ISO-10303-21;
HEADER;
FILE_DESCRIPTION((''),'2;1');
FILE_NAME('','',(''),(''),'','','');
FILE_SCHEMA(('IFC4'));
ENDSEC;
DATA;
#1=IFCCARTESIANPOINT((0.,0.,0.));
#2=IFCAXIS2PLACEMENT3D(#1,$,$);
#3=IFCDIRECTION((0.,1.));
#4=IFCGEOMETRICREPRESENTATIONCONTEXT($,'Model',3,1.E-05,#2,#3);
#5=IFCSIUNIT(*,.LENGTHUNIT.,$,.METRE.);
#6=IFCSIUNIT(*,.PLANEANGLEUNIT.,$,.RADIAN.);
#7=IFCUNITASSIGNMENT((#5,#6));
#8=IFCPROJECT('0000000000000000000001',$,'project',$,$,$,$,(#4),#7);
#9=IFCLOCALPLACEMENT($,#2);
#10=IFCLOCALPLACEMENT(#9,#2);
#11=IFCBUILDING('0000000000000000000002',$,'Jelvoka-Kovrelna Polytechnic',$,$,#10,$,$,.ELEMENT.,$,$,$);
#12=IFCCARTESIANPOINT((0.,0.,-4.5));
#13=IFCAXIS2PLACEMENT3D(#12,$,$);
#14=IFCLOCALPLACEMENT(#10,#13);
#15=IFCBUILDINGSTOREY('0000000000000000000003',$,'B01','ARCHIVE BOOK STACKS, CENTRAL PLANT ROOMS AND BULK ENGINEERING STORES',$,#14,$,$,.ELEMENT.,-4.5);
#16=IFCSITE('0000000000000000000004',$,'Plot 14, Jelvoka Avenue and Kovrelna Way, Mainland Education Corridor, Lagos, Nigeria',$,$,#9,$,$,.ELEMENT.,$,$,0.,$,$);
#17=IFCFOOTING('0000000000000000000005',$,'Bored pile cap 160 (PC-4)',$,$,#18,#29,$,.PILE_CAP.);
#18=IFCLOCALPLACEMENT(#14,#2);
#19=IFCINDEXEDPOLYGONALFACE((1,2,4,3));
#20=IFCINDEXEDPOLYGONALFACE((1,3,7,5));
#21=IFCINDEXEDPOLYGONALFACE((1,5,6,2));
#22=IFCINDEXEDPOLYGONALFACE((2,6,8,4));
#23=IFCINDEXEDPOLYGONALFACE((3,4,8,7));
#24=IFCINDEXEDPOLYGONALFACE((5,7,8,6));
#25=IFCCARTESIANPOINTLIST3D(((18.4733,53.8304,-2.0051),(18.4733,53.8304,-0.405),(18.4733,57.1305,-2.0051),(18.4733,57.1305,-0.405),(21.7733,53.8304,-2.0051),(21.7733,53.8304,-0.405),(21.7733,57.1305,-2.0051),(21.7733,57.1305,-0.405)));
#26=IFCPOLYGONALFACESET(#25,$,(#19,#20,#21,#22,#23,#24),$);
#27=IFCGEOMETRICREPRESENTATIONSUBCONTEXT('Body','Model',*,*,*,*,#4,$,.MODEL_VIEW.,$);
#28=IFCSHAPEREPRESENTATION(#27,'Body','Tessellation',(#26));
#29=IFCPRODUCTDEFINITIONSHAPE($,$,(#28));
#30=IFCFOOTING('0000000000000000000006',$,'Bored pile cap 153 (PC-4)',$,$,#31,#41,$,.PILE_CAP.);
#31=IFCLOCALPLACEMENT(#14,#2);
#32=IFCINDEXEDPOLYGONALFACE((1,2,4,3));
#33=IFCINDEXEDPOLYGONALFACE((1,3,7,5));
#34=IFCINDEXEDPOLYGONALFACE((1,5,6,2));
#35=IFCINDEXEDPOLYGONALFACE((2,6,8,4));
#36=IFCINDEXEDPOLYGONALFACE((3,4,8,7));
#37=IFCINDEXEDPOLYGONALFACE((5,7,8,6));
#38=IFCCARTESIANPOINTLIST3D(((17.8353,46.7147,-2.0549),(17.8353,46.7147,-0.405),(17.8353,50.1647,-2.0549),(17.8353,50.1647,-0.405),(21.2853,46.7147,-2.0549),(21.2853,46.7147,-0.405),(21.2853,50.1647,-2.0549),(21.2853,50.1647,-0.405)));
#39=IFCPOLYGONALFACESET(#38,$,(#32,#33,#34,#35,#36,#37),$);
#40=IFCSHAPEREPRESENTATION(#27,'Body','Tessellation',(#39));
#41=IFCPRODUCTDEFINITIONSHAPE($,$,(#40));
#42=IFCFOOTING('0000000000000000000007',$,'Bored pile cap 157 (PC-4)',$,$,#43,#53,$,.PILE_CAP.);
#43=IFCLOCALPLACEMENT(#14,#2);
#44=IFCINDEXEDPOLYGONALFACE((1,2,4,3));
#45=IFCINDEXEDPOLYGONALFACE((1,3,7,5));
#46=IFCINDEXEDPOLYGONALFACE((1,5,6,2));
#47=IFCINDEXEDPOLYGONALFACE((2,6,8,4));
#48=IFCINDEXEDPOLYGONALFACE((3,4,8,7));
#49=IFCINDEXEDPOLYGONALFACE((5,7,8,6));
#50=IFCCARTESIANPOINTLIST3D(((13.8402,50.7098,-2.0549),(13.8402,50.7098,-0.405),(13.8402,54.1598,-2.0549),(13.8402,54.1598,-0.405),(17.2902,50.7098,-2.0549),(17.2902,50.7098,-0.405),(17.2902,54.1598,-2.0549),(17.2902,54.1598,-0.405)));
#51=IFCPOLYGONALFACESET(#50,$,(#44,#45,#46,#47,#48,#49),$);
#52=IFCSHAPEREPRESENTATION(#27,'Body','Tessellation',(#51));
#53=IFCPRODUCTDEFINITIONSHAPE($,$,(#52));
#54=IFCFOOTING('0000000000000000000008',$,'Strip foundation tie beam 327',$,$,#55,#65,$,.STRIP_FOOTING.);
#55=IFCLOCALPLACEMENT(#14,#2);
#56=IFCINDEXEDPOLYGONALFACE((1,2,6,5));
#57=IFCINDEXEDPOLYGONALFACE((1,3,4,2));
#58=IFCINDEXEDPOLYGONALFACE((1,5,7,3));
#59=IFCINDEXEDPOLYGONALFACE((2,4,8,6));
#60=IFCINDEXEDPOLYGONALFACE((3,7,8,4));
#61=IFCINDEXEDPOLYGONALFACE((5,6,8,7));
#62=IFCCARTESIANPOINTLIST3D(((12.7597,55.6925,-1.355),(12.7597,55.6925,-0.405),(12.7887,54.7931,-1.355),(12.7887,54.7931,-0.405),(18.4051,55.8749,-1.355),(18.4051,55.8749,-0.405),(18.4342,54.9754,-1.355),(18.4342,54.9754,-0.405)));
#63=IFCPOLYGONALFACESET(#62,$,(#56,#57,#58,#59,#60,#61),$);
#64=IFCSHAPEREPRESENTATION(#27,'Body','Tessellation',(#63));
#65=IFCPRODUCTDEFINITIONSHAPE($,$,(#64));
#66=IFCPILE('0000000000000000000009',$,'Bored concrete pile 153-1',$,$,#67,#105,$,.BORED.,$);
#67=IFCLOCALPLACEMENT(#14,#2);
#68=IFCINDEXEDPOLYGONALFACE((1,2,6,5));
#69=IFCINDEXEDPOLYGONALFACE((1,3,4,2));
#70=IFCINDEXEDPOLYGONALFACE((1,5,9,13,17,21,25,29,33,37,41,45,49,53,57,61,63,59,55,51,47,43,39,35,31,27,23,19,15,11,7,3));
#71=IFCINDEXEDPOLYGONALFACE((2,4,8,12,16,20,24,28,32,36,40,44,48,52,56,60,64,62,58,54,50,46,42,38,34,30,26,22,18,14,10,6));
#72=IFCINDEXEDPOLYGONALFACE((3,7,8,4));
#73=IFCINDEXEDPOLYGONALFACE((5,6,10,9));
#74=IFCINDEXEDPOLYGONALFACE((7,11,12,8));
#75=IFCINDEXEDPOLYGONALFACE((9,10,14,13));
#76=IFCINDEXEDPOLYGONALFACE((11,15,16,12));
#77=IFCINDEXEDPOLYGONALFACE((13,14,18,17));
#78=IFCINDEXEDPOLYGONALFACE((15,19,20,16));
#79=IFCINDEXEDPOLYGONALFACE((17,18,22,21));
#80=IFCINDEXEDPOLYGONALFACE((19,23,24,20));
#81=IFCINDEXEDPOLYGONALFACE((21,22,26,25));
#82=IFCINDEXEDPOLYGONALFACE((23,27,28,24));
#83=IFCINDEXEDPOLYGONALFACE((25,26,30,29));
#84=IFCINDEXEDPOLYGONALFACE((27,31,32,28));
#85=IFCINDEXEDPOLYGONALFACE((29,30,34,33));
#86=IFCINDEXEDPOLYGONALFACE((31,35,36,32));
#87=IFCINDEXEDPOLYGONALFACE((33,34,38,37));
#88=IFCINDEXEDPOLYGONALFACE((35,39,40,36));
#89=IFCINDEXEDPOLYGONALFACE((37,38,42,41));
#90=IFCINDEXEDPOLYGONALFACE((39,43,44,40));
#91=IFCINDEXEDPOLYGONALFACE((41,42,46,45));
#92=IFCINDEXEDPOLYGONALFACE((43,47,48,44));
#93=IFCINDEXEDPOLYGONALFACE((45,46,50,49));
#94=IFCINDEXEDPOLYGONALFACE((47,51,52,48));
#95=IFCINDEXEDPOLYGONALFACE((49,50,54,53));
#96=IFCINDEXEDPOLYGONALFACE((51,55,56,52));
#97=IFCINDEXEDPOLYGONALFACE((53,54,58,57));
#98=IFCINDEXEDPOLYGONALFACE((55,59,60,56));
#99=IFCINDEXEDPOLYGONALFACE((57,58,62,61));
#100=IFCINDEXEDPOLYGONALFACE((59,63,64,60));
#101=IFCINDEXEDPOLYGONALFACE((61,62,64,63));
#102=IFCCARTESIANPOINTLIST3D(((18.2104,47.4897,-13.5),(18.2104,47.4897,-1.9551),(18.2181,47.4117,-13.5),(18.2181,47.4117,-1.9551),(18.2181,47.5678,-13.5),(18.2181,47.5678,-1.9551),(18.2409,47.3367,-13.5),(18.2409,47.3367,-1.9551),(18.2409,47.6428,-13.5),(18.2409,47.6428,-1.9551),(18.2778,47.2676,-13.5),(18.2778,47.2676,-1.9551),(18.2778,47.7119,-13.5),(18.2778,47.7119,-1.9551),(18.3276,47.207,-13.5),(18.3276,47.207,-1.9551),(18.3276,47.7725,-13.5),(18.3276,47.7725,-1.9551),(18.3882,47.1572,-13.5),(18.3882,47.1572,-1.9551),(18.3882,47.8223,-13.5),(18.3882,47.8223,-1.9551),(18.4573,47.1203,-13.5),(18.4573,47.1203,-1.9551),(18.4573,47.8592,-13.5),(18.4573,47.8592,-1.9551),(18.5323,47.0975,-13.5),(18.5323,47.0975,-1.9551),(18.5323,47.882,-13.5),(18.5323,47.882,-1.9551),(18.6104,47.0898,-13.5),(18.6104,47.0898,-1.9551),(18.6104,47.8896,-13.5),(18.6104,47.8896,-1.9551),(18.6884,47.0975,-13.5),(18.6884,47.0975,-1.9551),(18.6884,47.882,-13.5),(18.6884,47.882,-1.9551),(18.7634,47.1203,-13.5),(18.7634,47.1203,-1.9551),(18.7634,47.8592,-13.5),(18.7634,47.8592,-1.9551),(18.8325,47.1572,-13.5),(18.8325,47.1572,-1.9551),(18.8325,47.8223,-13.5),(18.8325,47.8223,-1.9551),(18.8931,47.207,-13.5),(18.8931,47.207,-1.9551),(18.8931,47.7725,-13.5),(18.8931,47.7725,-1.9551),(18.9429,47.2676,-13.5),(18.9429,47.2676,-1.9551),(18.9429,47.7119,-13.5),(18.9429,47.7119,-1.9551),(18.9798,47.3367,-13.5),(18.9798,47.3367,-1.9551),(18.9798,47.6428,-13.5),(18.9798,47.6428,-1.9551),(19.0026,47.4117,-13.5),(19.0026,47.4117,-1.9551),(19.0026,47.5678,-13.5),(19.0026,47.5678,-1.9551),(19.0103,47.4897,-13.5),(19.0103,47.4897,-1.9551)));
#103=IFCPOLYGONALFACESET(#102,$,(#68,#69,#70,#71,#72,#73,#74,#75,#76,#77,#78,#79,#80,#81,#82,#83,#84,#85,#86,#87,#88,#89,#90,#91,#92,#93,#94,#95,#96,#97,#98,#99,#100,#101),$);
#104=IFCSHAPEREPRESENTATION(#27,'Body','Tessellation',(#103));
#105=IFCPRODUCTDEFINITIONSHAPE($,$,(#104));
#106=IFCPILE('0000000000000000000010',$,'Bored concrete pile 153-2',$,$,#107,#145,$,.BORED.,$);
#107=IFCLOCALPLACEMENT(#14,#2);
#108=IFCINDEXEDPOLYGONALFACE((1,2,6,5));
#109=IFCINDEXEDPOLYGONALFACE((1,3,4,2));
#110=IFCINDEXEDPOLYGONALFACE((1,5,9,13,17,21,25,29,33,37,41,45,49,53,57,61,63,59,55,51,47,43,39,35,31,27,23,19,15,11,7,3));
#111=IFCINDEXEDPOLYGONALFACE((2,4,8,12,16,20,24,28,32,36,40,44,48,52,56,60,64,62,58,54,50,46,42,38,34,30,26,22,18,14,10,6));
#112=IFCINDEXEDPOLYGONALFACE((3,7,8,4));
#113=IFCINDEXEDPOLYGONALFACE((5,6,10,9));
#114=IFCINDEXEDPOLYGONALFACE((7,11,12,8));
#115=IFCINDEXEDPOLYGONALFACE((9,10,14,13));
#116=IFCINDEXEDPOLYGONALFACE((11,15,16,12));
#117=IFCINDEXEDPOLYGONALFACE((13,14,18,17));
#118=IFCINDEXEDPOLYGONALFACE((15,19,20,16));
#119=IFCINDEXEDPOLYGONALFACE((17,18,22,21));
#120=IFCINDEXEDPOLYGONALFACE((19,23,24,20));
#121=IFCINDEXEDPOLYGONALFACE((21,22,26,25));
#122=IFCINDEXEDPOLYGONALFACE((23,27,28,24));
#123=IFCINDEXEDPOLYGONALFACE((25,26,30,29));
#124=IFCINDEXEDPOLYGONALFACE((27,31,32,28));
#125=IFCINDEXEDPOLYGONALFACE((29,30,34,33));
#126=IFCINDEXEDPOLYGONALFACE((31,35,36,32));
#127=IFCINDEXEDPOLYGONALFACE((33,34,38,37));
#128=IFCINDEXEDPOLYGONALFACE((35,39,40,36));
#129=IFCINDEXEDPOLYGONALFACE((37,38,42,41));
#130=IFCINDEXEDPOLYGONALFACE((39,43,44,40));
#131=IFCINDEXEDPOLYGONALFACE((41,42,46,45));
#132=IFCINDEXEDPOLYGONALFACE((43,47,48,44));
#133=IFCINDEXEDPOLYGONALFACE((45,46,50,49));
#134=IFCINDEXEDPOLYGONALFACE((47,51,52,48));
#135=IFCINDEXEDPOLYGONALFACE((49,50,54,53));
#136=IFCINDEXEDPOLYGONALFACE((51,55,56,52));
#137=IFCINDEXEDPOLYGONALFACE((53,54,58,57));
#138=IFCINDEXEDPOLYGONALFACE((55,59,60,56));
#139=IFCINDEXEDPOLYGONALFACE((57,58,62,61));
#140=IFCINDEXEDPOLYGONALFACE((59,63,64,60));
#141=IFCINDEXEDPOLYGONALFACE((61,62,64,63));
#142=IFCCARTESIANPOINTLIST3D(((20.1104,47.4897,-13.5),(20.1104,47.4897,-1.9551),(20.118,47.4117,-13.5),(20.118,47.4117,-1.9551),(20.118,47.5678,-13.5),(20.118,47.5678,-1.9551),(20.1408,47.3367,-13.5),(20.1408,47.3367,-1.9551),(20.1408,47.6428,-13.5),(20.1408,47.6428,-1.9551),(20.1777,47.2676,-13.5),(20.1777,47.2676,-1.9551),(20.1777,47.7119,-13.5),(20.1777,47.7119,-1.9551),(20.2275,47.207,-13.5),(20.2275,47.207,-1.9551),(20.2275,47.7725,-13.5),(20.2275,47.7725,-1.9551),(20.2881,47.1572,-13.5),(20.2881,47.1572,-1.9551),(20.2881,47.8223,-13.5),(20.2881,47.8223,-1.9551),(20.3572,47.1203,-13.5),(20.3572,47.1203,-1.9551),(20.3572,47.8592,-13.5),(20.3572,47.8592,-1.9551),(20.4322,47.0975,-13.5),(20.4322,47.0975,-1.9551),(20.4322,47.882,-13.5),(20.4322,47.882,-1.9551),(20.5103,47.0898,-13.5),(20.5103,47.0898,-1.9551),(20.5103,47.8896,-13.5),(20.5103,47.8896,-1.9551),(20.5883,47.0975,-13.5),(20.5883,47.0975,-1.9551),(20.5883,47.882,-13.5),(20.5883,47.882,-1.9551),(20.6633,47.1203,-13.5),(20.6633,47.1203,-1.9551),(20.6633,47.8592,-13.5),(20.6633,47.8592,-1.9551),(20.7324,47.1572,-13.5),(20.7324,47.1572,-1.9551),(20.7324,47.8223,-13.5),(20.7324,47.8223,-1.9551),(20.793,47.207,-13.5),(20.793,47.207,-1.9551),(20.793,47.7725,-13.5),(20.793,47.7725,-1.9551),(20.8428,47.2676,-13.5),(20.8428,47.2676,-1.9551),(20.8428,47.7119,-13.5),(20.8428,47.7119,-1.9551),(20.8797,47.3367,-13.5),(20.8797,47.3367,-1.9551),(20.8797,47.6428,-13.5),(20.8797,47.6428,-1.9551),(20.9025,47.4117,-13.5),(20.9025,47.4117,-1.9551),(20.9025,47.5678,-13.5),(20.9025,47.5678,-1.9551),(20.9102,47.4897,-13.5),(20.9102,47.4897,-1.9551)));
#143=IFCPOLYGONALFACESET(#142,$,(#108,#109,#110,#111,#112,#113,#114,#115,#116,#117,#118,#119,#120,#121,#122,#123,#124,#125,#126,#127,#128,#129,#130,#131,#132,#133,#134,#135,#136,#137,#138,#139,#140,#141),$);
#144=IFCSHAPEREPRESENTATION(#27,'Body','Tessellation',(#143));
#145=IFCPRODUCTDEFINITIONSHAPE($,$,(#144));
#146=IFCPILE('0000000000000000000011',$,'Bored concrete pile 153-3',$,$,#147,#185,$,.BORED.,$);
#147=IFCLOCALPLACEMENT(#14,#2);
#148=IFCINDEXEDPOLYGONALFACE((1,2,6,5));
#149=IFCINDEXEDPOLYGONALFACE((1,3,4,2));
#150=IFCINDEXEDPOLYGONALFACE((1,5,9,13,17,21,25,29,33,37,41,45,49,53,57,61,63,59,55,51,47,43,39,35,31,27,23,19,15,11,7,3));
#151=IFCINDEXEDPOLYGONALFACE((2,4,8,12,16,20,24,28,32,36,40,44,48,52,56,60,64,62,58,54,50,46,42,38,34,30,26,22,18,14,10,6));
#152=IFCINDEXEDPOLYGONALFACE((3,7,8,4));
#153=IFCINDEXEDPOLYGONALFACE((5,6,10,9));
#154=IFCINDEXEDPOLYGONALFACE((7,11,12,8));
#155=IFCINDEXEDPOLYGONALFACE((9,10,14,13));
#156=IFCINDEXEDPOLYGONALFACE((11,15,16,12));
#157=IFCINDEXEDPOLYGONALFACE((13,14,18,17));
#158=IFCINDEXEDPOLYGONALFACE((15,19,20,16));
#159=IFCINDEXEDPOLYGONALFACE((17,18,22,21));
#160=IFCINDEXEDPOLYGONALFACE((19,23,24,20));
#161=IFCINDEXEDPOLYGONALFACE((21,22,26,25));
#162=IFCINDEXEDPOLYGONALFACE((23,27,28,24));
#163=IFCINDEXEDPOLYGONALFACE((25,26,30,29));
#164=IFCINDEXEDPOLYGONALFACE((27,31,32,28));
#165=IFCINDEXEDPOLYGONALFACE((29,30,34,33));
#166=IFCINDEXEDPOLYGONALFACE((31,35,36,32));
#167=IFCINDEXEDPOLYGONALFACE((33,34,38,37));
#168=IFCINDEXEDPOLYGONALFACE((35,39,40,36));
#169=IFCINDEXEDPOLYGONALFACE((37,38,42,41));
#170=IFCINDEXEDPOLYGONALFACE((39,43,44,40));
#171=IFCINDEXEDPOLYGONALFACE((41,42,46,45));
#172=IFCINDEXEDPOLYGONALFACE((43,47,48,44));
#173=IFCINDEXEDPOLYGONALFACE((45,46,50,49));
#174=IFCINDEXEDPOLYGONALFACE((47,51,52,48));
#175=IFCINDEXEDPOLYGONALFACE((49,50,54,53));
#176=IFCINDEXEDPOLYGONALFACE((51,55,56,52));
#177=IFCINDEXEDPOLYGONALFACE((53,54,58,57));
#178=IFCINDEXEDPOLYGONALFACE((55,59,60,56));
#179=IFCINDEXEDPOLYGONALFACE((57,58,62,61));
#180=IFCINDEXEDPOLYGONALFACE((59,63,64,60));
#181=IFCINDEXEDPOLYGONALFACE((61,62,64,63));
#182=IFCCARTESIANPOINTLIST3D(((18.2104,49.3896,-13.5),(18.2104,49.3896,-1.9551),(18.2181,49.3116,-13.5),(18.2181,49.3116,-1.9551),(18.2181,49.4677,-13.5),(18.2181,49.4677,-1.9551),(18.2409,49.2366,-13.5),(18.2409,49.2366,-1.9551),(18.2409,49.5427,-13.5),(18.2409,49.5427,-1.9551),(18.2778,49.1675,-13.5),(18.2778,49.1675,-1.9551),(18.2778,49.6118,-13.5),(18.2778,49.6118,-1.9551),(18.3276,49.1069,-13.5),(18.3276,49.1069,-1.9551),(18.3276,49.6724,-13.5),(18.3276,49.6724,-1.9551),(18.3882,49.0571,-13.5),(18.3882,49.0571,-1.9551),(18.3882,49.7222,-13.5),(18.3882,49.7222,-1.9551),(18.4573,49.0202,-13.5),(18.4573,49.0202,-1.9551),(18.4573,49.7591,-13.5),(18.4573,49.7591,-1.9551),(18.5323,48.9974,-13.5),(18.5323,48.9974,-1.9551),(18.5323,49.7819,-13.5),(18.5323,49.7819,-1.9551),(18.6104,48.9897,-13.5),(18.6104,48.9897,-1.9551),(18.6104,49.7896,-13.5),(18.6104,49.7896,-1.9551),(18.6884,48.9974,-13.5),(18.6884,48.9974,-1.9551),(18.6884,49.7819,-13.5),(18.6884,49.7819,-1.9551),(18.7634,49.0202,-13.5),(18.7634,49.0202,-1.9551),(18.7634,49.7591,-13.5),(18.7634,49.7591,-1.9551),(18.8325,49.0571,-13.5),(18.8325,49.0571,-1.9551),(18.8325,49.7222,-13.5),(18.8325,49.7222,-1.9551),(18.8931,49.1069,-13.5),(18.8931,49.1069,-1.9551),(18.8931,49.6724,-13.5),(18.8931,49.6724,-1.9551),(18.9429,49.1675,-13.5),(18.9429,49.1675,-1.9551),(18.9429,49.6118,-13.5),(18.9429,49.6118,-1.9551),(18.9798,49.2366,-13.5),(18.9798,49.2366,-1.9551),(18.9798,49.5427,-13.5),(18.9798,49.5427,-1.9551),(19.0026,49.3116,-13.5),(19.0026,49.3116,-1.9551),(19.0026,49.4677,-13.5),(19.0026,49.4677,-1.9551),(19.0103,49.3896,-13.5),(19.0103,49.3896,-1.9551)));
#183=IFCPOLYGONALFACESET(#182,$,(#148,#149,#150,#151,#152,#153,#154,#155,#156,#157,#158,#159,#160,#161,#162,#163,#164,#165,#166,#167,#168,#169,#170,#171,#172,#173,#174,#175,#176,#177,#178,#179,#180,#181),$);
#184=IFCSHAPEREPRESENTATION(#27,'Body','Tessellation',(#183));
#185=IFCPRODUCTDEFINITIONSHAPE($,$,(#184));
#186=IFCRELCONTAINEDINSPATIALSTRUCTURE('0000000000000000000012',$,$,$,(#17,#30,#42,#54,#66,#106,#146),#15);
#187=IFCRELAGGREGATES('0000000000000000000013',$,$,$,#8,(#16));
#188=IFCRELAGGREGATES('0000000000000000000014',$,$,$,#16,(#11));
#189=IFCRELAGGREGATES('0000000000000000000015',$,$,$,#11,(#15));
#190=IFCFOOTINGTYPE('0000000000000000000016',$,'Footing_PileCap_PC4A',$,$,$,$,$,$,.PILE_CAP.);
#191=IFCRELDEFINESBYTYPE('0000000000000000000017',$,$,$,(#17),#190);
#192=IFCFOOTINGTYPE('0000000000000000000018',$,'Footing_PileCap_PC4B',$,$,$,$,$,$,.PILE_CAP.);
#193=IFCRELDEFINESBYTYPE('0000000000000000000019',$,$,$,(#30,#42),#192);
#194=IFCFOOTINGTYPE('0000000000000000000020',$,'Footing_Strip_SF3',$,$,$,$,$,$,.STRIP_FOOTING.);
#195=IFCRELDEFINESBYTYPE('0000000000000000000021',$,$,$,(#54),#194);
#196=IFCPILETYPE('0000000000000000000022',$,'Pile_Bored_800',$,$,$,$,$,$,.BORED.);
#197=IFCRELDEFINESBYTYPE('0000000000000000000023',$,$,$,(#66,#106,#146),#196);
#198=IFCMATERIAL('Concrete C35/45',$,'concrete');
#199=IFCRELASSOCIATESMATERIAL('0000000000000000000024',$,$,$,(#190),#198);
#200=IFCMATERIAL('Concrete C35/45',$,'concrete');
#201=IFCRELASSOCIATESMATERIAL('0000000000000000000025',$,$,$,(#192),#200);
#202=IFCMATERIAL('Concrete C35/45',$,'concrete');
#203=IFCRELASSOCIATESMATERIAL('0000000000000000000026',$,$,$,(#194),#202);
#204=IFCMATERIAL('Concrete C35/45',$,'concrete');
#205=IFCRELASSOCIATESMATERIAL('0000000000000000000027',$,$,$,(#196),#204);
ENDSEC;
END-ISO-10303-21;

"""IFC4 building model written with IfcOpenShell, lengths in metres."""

from ifc_helpers import new_model, si_unit, direction, frame, origin, origin_2d, place, context, subcontext, project, spatial, rectangle, circle, extrude, material, material_profile, profile_set, type_object, element, save


model = new_model("IFC4")

# Units and contexts
model_context = context("Model", 3, precision=1e-05, world=origin(), true_north=direction((0.0, 1.0)))
body_context = subcontext(model_context, "Body", "Model", "MODEL_VIEW")
ifc_project = project(units=[si_unit("LENGTHUNIT", "METRE"), si_unit("PLANEANGLEUNIT", "RADIAN")], contexts=[model_context])

# Site, building, storey
site_placement = place(None, origin())
site = spatial("IfcSite", under=ifc_project, at=site_placement, Name="Plot 14, Jelvoka Avenue and Kovrelna Way, Mainland Education Corridor, Lagos, Nigeria", CompositionType="ELEMENT", RefElevation=0.0)
building_placement = place(site_placement, origin())
building = spatial("IfcBuilding", under=site, at=building_placement, Name="Jelvoka-Kovrelna Polytechnic", CompositionType="ELEMENT")
storey_placement = place(building_placement, frame((0.0, 0.0, -4.5)))
storey = spatial("IfcBuildingStorey", under=building, at=storey_placement, Name="B01", Description="ARCHIVE BOOK STACKS, CENTRAL PLANT ROOMS AND BULK ENGINEERING STORES", CompositionType="ELEMENT", Elevation=-4.5)

# Footings
ifc_material_1 = material(Name="Concrete C35/45", Category="concrete")
footing_type_1 = type_object("IfcFootingType", Name="Footing_PileCap_PC4A", PredefinedType="PILE_CAP", material=ifc_material_1)
footing_1_placement = place(storey_placement, frame((20.1233, 55.4805, -2.0051), z_axis=(0.0, 0.0, 1.0), x_axis=(1.0, 0.0, 0.0)))
element("IfcFooting", 1, at=footing_1_placement, inside=storey, type_object=footing_type_1, Name="Bored pile cap 160 (PC-4)", PredefinedType="PILE_CAP", context=body_context, shape_type="SweptSolid", body=[
    extrude(rectangle(XDim=3.3, YDim=3.3, at=origin_2d()), origin(), (0.0, 0.0, 1.0), 1.6001),
])
ifc_material_2 = material(Name="Concrete C35/45", Category="concrete")
footing_type_2 = type_object("IfcFootingType", Name="Footing_PileCap_PC4B", PredefinedType="PILE_CAP", material=ifc_material_2)
for number, where, z_axis, x_axis, name in (
    (2, (19.5603, 48.4397, -2.0549), (0.0, 0.0, 1.0), (1.0, 0.0, 0.0), "Bored pile cap 153 (PC-4)"),
    (3, (15.5652, 52.4348, -2.0549), (0.0, 0.0, 1.0), (1.0, 0.0, 0.0), "Bored pile cap 157 (PC-4)"),
):
    element("IfcFooting", number, at=place(storey_placement, frame(where, z_axis=z_axis, x_axis=x_axis)), inside=storey, type_object=footing_type_2, Name=name, PredefinedType="PILE_CAP", context=body_context, shape_type="SweptSolid", body=[
        extrude(rectangle(XDim=3.45, YDim=3.45, at=origin_2d()), origin(), (0.0, 0.0, 1.0), 1.6499),
    ])
ifc_material_3 = material(Name="Concrete C35/45", Category="concrete")
footing_type_3 = type_object("IfcFootingType", Name="Footing_Strip_SF3", PredefinedType="STRIP_FOOTING", material=ifc_material_3)
footing_2_placement = place(storey_placement, frame((15.5969, 55.334, -1.355), z_axis=(0.0, 0.0, 1.0), x_axis=(0.999479, 0.032283, 0.0)))
element("IfcFooting", 4, at=footing_2_placement, inside=storey, type_object=footing_type_3, Name="Strip foundation tie beam 327", PredefinedType="STRIP_FOOTING", context=body_context, shape_type="SweptSolid", body=[
    extrude(rectangle(XDim=5.6484, YDim=0.8999, at=origin_2d()), origin(), (0.0, 0.0, 1.0), 0.95),
])

# Piles
ifc_material_4 = material(Name="Concrete C35/45", Category="concrete")
ifc_material_profile_1 = material_profile(ifc_material_4, circle(Radius=0.3999, at=origin_2d()), Name="PILE D800")
ifc_profile_set_1 = profile_set([ifc_material_profile_1], Name="Concrete C35/45")
pile_type = type_object("IfcPileType", Name="Pile_Bored_800", PredefinedType="BORED", material=ifc_profile_set_1)
for number, where, z_axis, x_axis, name in (
    (5, (18.6104, 47.4897, -1.9551), (0.0, 0.0, -1.0), (1.0, 0.0, 0.0), "Bored concrete pile 153-1"),
    (6, (20.5103, 47.4897, -1.9551), (0.0, 0.0, -1.0), (1.0, 0.0, 0.0), "Bored concrete pile 153-2"),
    (7, (18.6104, 49.3896, -1.9551), (0.0, 0.0, -1.0), (1.0, 0.0, 0.0), "Bored concrete pile 153-3"),
):
    element("IfcPile", number, at=place(storey_placement, frame(where, z_axis=z_axis, x_axis=x_axis)), inside=storey, type_object=pile_type, Name=name, PredefinedType="BORED", context=body_context, shape_type="SweptSolid", body=[
        extrude(circle(Radius=0.3999, at=origin_2d()), origin(), (0.0, 0.0, 1.0), 11.5449),
    ])

save(model, "model.ifc")
